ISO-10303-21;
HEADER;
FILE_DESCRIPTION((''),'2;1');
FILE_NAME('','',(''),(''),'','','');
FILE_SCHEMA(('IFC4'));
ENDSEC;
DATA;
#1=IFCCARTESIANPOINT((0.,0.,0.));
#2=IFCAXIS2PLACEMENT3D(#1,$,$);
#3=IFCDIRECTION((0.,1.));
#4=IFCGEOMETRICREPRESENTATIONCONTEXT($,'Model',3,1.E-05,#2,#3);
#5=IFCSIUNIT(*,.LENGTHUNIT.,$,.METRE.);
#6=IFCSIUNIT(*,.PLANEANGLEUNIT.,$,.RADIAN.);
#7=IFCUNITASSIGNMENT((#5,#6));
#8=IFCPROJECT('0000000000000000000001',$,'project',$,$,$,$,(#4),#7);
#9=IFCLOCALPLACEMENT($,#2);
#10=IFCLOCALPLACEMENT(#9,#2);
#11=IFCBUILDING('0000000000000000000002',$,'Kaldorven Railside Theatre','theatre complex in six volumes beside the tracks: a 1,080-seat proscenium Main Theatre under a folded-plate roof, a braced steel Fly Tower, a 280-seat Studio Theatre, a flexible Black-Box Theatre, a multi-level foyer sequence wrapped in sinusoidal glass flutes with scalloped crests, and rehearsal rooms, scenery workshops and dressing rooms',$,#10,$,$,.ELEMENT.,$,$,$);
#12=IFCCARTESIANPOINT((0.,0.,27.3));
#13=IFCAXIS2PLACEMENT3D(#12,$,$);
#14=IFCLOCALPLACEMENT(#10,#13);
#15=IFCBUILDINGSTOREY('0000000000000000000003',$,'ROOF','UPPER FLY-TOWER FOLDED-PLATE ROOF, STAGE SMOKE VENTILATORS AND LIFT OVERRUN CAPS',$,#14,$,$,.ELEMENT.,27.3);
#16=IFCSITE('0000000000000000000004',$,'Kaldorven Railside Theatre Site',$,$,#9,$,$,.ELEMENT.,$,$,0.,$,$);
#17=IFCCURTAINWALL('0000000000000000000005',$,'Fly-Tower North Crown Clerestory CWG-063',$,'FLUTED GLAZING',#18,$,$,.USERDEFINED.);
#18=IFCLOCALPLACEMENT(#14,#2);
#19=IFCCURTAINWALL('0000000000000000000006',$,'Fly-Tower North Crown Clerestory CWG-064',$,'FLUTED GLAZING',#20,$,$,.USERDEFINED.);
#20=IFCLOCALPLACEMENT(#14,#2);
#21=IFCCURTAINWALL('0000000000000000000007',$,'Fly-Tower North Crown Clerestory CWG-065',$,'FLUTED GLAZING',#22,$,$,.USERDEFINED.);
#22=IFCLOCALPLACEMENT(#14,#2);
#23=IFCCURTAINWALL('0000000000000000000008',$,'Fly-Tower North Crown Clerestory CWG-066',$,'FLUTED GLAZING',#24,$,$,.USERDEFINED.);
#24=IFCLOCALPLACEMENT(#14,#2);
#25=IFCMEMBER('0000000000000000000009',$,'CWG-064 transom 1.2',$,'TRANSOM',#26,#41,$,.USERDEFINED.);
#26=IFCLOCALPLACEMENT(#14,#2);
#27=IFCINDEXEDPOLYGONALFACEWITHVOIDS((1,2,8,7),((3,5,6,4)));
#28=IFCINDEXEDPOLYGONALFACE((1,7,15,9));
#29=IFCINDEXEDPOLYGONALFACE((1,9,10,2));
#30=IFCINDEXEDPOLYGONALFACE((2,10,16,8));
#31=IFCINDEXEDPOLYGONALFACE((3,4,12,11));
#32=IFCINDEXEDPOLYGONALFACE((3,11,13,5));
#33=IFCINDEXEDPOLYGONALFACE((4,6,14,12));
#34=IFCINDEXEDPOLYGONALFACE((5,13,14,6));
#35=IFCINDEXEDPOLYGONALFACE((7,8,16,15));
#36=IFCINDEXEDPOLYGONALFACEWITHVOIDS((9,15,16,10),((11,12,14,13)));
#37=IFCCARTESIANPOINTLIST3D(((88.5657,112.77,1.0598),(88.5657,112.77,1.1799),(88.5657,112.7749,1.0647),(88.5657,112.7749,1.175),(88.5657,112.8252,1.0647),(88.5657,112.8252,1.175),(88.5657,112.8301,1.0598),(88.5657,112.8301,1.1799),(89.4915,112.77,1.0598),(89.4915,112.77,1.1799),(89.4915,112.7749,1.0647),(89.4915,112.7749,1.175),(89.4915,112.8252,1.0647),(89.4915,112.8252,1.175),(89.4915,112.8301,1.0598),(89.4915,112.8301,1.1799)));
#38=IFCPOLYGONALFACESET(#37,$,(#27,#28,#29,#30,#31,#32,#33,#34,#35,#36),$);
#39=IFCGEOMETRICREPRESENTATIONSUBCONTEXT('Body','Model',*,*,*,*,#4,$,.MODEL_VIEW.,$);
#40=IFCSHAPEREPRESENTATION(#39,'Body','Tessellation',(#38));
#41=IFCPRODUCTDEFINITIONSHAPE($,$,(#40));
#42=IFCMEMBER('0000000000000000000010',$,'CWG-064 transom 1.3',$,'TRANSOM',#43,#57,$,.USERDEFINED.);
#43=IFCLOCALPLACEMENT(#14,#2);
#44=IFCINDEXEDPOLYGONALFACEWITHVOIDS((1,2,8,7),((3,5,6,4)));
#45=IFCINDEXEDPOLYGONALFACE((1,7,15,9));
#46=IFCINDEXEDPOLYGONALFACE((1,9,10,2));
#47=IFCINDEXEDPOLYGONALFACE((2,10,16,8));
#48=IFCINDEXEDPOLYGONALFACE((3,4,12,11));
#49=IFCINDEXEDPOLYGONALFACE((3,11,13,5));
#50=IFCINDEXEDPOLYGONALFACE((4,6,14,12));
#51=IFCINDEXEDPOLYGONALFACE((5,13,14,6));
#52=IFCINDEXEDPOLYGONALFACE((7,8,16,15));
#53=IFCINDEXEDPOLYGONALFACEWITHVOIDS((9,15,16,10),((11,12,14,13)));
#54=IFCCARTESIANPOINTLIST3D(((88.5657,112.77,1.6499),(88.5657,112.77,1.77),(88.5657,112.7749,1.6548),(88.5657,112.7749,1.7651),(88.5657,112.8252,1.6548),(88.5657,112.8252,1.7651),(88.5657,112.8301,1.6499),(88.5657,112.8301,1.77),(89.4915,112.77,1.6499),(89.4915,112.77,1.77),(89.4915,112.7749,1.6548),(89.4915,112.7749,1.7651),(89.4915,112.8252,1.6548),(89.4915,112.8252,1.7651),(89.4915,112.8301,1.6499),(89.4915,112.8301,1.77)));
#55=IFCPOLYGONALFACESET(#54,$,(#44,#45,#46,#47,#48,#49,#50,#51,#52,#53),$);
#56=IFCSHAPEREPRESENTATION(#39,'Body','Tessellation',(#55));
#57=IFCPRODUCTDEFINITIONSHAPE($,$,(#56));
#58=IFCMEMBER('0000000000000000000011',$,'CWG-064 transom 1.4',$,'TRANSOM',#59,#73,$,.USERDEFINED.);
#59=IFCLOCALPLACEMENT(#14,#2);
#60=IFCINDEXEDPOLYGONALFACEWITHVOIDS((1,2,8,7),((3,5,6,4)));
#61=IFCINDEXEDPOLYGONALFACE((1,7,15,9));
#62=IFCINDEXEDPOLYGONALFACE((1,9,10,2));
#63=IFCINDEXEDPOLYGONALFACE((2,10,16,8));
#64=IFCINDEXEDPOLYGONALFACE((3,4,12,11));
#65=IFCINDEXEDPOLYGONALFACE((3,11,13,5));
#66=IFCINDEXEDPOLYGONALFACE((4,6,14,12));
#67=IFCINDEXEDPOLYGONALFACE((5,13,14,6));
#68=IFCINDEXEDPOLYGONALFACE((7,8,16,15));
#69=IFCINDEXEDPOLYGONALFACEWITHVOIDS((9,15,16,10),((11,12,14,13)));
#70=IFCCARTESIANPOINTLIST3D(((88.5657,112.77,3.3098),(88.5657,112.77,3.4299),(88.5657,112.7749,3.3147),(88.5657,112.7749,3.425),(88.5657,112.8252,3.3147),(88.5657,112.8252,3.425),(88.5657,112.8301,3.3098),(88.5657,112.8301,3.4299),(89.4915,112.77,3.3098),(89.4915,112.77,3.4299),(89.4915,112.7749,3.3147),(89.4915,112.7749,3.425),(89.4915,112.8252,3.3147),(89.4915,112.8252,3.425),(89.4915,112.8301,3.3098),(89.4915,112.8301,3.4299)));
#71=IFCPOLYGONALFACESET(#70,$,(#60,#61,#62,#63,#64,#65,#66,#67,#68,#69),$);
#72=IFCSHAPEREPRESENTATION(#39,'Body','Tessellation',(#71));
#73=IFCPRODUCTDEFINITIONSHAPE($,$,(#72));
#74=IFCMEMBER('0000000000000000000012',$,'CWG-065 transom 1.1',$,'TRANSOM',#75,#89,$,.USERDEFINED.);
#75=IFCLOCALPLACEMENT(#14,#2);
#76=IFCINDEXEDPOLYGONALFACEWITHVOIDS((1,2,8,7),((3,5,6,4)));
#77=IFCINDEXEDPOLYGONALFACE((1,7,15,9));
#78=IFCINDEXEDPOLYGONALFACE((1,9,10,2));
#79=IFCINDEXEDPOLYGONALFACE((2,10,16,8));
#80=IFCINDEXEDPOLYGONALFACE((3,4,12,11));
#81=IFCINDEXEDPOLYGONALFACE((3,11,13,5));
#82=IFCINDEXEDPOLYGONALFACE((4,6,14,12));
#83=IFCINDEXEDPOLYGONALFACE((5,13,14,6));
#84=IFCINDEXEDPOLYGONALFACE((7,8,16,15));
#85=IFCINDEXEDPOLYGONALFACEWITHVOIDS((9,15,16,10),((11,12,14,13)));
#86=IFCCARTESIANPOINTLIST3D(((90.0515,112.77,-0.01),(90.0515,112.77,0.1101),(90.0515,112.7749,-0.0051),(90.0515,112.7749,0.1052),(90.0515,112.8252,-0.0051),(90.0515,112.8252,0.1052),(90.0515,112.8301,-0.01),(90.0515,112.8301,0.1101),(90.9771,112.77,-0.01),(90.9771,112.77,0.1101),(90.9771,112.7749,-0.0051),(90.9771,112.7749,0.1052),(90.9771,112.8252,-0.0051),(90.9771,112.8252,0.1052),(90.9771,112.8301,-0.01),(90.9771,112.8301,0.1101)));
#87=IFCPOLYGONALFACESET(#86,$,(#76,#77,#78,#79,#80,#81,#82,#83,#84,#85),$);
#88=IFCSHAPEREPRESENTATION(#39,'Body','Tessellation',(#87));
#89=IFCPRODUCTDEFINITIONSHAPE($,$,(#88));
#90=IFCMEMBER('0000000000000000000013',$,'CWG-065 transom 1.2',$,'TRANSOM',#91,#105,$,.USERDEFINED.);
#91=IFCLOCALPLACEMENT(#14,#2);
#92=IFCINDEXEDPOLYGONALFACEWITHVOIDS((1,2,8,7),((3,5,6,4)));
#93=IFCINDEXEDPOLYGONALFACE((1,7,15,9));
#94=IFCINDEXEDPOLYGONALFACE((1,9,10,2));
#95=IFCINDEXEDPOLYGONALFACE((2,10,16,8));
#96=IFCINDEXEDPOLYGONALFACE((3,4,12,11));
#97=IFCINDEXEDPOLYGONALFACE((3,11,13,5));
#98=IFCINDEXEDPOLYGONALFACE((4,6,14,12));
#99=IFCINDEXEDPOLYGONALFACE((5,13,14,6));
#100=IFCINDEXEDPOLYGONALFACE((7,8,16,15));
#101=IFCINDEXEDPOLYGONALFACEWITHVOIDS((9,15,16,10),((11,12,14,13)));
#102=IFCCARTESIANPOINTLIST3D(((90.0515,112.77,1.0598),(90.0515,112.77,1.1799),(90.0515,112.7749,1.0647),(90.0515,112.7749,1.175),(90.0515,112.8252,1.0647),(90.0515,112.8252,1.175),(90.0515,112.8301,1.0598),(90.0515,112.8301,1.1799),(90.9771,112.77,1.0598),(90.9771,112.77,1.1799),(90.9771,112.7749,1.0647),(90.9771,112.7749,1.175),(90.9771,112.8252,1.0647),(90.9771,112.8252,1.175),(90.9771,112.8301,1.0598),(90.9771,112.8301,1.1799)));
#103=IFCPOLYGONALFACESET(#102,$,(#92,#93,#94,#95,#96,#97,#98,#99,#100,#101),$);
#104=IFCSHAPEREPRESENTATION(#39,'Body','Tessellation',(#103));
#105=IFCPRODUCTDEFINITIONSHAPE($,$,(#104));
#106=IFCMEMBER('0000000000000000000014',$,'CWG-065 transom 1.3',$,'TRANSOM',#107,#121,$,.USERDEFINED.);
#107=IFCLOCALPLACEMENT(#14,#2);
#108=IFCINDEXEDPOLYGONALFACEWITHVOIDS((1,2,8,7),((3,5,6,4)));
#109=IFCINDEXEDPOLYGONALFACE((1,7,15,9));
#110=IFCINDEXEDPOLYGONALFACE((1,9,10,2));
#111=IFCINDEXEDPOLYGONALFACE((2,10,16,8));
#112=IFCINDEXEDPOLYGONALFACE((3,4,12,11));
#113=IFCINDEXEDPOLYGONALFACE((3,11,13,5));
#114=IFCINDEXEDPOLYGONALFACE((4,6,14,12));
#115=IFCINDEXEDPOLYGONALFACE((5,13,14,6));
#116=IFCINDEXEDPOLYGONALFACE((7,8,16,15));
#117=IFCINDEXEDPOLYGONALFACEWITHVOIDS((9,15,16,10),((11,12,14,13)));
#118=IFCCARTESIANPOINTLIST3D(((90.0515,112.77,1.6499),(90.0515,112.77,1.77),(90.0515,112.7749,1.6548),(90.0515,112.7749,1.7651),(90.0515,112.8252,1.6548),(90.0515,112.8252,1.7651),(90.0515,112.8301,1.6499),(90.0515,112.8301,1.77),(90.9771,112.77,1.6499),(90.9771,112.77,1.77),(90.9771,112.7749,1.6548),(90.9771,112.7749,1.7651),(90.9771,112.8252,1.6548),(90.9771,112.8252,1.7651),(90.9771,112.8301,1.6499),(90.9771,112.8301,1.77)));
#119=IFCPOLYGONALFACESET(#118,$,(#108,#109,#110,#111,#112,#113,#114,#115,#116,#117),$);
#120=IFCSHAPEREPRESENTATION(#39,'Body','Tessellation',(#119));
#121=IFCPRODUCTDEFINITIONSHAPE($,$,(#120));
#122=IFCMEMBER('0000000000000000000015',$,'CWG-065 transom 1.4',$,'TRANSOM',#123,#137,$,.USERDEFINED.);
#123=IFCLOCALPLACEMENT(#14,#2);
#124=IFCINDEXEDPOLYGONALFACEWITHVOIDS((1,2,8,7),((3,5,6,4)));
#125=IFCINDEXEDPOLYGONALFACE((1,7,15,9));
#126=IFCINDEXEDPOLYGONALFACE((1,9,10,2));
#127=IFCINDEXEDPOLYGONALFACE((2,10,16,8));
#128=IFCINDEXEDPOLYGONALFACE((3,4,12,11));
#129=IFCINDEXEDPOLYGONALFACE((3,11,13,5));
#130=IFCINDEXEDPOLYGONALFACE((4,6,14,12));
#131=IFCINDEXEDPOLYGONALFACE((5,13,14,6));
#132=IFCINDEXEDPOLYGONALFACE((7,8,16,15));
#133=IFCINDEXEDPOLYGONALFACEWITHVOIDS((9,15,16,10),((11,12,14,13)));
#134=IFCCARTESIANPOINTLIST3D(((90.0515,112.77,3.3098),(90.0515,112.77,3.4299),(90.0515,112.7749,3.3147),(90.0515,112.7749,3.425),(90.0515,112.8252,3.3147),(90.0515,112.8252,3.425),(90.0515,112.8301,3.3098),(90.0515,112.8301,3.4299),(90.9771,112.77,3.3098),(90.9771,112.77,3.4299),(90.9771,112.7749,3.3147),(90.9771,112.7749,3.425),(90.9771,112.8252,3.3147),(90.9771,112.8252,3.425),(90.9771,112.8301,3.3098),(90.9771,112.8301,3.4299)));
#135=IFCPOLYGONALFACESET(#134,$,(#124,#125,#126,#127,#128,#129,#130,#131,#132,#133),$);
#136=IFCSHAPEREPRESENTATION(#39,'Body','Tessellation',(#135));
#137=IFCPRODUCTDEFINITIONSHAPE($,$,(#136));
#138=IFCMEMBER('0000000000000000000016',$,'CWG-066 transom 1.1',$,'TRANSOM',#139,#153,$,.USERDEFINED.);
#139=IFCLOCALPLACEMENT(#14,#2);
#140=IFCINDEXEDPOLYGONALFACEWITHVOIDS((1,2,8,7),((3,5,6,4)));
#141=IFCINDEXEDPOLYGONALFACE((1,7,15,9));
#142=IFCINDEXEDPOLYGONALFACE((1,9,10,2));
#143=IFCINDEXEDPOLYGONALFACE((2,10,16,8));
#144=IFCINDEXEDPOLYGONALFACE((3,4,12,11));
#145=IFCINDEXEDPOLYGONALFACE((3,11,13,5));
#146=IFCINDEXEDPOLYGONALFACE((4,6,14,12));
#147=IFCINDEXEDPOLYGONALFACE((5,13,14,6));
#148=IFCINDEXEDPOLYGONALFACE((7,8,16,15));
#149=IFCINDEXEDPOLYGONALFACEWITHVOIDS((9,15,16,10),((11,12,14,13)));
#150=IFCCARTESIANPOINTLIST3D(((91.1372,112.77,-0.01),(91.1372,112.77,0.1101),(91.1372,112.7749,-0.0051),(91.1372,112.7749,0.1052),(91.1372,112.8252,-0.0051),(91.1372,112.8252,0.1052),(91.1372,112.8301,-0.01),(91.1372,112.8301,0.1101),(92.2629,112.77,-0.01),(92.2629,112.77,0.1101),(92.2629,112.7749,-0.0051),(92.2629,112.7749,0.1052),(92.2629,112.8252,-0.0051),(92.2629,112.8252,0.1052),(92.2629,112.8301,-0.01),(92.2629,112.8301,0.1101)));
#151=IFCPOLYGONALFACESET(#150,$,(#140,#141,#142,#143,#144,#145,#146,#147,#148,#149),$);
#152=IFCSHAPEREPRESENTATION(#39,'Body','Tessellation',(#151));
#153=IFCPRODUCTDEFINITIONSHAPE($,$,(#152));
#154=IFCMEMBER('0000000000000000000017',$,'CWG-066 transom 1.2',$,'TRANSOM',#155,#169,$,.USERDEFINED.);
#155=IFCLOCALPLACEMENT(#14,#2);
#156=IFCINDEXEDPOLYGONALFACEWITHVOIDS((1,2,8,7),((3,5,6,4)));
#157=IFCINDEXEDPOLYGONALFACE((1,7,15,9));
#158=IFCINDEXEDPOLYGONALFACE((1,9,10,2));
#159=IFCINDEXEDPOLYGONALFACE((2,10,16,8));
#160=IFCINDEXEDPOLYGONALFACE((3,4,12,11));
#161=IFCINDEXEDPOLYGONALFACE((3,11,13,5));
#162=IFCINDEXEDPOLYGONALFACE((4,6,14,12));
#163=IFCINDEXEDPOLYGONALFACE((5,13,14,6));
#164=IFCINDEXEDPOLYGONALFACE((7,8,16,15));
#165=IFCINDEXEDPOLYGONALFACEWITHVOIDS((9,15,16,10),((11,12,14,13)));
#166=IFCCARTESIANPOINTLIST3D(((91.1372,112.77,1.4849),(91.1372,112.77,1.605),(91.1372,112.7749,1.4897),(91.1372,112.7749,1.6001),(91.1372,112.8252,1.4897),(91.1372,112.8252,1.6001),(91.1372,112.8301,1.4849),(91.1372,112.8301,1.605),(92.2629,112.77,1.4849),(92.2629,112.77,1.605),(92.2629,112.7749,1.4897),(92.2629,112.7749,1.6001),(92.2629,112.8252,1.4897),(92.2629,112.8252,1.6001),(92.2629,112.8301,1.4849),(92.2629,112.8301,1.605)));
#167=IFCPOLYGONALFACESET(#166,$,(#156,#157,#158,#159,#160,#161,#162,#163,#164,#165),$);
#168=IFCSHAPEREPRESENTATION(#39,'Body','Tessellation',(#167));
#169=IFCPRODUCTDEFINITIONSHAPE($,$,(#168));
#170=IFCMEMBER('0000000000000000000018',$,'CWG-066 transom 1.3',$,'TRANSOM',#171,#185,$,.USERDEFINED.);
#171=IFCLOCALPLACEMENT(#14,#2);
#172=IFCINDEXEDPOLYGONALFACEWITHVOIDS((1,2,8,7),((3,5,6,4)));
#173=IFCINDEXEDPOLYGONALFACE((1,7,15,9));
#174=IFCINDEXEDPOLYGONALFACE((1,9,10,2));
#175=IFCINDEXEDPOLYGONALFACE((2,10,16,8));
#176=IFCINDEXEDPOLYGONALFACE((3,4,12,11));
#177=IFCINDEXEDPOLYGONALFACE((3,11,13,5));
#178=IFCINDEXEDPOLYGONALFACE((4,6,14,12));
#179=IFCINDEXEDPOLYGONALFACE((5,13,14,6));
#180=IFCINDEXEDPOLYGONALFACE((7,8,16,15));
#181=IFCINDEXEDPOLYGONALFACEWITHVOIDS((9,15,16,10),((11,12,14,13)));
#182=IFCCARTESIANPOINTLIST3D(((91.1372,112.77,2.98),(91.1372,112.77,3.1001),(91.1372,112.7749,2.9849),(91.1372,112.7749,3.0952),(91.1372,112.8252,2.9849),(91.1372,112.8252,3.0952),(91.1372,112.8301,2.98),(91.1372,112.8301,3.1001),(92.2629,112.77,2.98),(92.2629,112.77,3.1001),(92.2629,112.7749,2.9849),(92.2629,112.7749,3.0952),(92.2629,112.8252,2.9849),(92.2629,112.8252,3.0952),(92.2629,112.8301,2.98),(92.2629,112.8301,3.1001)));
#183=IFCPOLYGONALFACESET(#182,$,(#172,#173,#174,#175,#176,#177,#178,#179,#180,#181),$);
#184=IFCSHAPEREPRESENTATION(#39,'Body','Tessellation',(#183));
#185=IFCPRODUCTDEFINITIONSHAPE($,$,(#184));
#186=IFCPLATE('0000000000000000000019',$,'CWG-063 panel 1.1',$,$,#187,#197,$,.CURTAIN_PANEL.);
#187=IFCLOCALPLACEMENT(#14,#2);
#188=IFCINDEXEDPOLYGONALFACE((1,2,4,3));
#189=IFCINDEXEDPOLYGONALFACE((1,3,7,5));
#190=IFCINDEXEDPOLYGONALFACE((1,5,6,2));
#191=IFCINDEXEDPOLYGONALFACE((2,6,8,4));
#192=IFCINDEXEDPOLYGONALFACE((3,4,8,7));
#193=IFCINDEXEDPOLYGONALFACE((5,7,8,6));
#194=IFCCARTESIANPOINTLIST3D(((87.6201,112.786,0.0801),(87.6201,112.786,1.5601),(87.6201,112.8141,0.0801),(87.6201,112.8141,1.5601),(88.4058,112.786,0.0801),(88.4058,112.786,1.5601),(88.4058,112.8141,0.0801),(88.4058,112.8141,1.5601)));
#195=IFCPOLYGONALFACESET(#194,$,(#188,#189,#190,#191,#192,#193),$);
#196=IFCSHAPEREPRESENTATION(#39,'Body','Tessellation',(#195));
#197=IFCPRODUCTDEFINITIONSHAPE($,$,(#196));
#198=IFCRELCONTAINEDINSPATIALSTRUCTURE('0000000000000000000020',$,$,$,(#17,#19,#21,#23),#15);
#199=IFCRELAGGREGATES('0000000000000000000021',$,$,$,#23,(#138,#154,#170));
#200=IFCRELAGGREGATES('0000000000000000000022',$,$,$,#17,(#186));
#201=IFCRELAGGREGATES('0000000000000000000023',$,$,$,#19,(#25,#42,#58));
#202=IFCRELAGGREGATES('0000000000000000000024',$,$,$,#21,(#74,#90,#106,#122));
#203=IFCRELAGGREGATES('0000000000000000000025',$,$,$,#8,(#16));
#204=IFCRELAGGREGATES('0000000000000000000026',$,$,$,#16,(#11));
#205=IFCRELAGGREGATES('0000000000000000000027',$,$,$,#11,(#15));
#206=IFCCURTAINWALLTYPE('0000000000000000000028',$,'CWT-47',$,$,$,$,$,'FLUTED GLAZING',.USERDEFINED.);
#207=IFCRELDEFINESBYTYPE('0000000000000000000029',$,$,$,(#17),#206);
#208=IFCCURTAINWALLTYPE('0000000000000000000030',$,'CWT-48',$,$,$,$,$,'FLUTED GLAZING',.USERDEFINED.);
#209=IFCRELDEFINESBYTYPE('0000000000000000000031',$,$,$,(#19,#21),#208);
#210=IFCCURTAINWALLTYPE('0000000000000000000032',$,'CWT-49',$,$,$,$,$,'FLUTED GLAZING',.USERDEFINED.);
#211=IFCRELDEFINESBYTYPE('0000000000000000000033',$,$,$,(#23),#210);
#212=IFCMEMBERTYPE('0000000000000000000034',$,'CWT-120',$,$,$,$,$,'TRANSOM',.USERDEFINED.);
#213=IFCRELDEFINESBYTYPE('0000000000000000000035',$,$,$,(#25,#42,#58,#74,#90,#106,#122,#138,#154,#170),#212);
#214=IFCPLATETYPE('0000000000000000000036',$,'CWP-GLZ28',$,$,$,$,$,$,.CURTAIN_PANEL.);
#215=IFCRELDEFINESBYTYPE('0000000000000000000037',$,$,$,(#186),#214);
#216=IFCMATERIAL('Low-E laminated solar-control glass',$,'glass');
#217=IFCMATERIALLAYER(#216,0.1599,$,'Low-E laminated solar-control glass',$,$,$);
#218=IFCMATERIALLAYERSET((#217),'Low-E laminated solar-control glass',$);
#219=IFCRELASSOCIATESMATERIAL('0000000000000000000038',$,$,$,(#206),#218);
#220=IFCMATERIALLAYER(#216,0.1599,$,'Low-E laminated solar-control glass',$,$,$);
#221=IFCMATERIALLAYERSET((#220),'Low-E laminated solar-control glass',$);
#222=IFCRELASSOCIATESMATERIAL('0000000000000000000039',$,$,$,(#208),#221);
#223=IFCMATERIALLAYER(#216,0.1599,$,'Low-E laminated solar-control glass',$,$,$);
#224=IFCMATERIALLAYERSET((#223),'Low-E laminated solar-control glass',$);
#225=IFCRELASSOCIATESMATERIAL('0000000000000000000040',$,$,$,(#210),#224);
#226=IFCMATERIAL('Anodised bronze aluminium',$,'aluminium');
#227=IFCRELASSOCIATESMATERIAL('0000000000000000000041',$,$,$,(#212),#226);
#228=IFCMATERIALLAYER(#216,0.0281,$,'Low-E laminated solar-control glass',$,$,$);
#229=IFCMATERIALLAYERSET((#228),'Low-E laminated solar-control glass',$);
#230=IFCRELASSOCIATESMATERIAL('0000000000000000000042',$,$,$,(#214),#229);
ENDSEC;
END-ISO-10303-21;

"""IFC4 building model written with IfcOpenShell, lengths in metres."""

from ifc_helpers import new_model, si_unit, direction, frame, origin, origin_2d, place, context, subcontext, project, spatial, rectangle, hollow_rectangle, extrude, material, layer, layer_set, material_profile, profile_set, type_object, element, aggregate, save


model = new_model("IFC4")

# Units and contexts
model_context = context("Model", 3, precision=1e-05, world=origin(), true_north=direction((0.0, 1.0)))
body_context = subcontext(model_context, "Body", "Model", "MODEL_VIEW")
ifc_project = project(units=[si_unit("LENGTHUNIT", "METRE"), si_unit("PLANEANGLEUNIT", "RADIAN")], contexts=[model_context])

# Site, building, storey
site_placement = place(None, origin())
site = spatial("IfcSite", under=ifc_project, at=site_placement, Name="Kaldorven Railside Theatre Site", CompositionType="ELEMENT", RefElevation=0.0)
building_placement = place(site_placement, origin())
building = spatial("IfcBuilding", under=site, at=building_placement, Name="Kaldorven Railside Theatre", Description="theatre complex in six volumes beside the tracks: a 1,080-seat proscenium Main Theatre under a folded-plate roof, a braced steel Fly Tower, a 280-seat Studio Theatre, a flexible Black-Box Theatre, a multi-level foyer sequence wrapped in sinusoidal glass flutes with scalloped crests, and rehearsal rooms, scenery workshops and dressing rooms", CompositionType="ELEMENT")
storey_placement = place(building_placement, frame((0.0, 0.0, 27.3)))
storey = spatial("IfcBuildingStorey", under=building, at=storey_placement, Name="ROOF", Description="UPPER FLY-TOWER FOLDED-PLATE ROOF, STAGE SMOKE VENTILATORS AND LIFT OVERRUN CAPS", CompositionType="ELEMENT", Elevation=27.3)

# Curtain walls
ifc_material_1 = material(Name="Low-E laminated solar-control glass", Category="glass")
ifc_layer_1 = layer(ifc_material_1, 0.1599, Name="Low-E laminated solar-control glass")
ifc_layer_set_1 = layer_set([ifc_layer_1], Name="Low-E laminated solar-control glass")
curtain_wall_type_1 = type_object("IfcCurtainWallType", Name="CWT-47", ElementType="FLUTED GLAZING", PredefinedType="USERDEFINED", material=ifc_layer_set_1)
curtain_wall_1_placement = place(storey_placement, origin())
curtain_wall_1 = element("IfcCurtainWall", 1, at=curtain_wall_1_placement, inside=storey, type_object=curtain_wall_type_1, Name="Fly-Tower North Crown Clerestory CWG-063", ObjectType="FLUTED GLAZING", PredefinedType="USERDEFINED")
ifc_material_2 = material(Name="Anodised bronze aluminium", Category="aluminium")
ifc_layer_2 = layer(ifc_material_1, 0.1599, Name="Low-E laminated solar-control glass")
ifc_layer_set_2 = layer_set([ifc_layer_2], Name="Low-E laminated solar-control glass")
curtain_wall_type_2 = type_object("IfcCurtainWallType", Name="CWT-48", ElementType="FLUTED GLAZING", PredefinedType="USERDEFINED", material=ifc_layer_set_2)
curtain_wall_2_placement = place(storey_placement, origin())
curtain_wall_2 = element("IfcCurtainWall", 2, at=curtain_wall_2_placement, inside=storey, type_object=curtain_wall_type_2, Name="Fly-Tower North Crown Clerestory CWG-064", ObjectType="FLUTED GLAZING", PredefinedType="USERDEFINED")
curtain_wall_3_placement = place(storey_placement, origin())
curtain_wall_3 = element("IfcCurtainWall", 3, at=curtain_wall_3_placement, inside=storey, type_object=curtain_wall_type_2, Name="Fly-Tower North Crown Clerestory CWG-065", ObjectType="FLUTED GLAZING", PredefinedType="USERDEFINED")

# Curtain wall
ifc_layer_3 = layer(ifc_material_1, 0.1599, Name="Low-E laminated solar-control glass")
ifc_layer_set_3 = layer_set([ifc_layer_3], Name="Low-E laminated solar-control glass")
curtain_wall_type_3 = type_object("IfcCurtainWallType", Name="CWT-49", ElementType="FLUTED GLAZING", PredefinedType="USERDEFINED", material=ifc_layer_set_3)
curtain_wall_4_placement = place(storey_placement, origin())
curtain_wall_4 = element("IfcCurtainWall", 4, at=curtain_wall_4_placement, inside=storey, type_object=curtain_wall_type_3, Name="Fly-Tower North Crown Clerestory CWG-066", ObjectType="FLUTED GLAZING", PredefinedType="USERDEFINED")

# Members
ifc_material_profile_1 = material_profile(ifc_material_2, hollow_rectangle(XDim=0.0601, YDim=0.1201, WallThickness=0.0049, at=origin_2d()), Name="RHS 120x60x5")
ifc_profile_set_1 = profile_set([ifc_material_profile_1], Name="Anodised bronze aluminium")
member_type_1 = type_object("IfcMemberType", Name="CWT-120", ElementType="TRANSOM", PredefinedType="USERDEFINED", material=ifc_profile_set_1)
member_1_placement = place(storey_placement, frame((88.5657, 112.8, 1.1199), z_axis=(1.0, 0.0, 0.0), x_axis=(0.0, 1.0, 0.0)))
member_1 = element("IfcMember", 5, at=member_1_placement, type_object=member_type_1, Name="CWG-064 transom 1.2", ObjectType="TRANSOM", PredefinedType="USERDEFINED", context=body_context, shape_type="SweptSolid", body=[
    extrude(hollow_rectangle(XDim=0.0601, YDim=0.1201, WallThickness=0.0049, at=origin_2d()), origin(), (0.0, 0.0, 1.0), 0.9258),
])
member_2_placement = place(storey_placement, frame((88.5657, 112.8, 1.71), z_axis=(1.0, 0.0, 0.0), x_axis=(0.0, 1.0, 0.0)))
member_2 = element("IfcMember", 6, at=member_2_placement, type_object=member_type_1, Name="CWG-064 transom 1.3", ObjectType="TRANSOM", PredefinedType="USERDEFINED", context=body_context, shape_type="SweptSolid", body=[
    extrude(hollow_rectangle(XDim=0.0601, YDim=0.1201, WallThickness=0.0049, at=origin_2d()), origin(), (0.0, 0.0, 1.0), 0.9258),
])
member_3_placement = place(storey_placement, frame((88.5657, 112.8, 3.3699), z_axis=(1.0, 0.0, 0.0), x_axis=(0.0, 1.0, 0.0)))
member_3 = element("IfcMember", 7, at=member_3_placement, type_object=member_type_1, Name="CWG-064 transom 1.4", ObjectType="TRANSOM", PredefinedType="USERDEFINED", context=body_context, shape_type="SweptSolid", body=[
    extrude(hollow_rectangle(XDim=0.0601, YDim=0.1201, WallThickness=0.0049, at=origin_2d()), origin(), (0.0, 0.0, 1.0), 0.9258),
])
member_4_placement = place(storey_placement, frame((90.0515, 112.8, 0.05), z_axis=(1.0, 0.0, 0.0), x_axis=(0.0, 1.0, 0.0)))
member_4 = element("IfcMember", 8, at=member_4_placement, type_object=member_type_1, Name="CWG-065 transom 1.1", ObjectType="TRANSOM", PredefinedType="USERDEFINED", context=body_context, shape_type="SweptSolid", body=[
    extrude(hollow_rectangle(XDim=0.0601, YDim=0.1201, WallThickness=0.0049, at=origin_2d()), origin(), (0.0, 0.0, 1.0), 0.9255),
])
member_5_placement = place(storey_placement, frame((90.0515, 112.8, 1.1199), z_axis=(1.0, 0.0, 0.0), x_axis=(0.0, 1.0, 0.0)))
member_5 = element("IfcMember", 9, at=member_5_placement, type_object=member_type_1, Name="CWG-065 transom 1.2", ObjectType="TRANSOM", PredefinedType="USERDEFINED", context=body_context, shape_type="SweptSolid", body=[
    extrude(hollow_rectangle(XDim=0.0601, YDim=0.1201, WallThickness=0.0049, at=origin_2d()), origin(), (0.0, 0.0, 1.0), 0.9255),
])
member_6_placement = place(storey_placement, frame((90.0515, 112.8, 1.71), z_axis=(1.0, 0.0, 0.0), x_axis=(0.0, 1.0, 0.0)))
member_6 = element("IfcMember", 10, at=member_6_placement, type_object=member_type_1, Name="CWG-065 transom 1.3", ObjectType="TRANSOM", PredefinedType="USERDEFINED", context=body_context, shape_type="SweptSolid", body=[
    extrude(hollow_rectangle(XDim=0.0601, YDim=0.1201, WallThickness=0.0049, at=origin_2d()), origin(), (0.0, 0.0, 1.0), 0.9255),
])
member_7_placement = place(storey_placement, frame((90.0515, 112.8, 3.3699), z_axis=(1.0, 0.0, 0.0), x_axis=(0.0, 1.0, 0.0)))
member_7 = element("IfcMember", 11, at=member_7_placement, type_object=member_type_1, Name="CWG-065 transom 1.4", ObjectType="TRANSOM", PredefinedType="USERDEFINED", context=body_context, shape_type="SweptSolid", body=[
    extrude(hollow_rectangle(XDim=0.0601, YDim=0.1201, WallThickness=0.0049, at=origin_2d()), origin(), (0.0, 0.0, 1.0), 0.9255),
])
member_8_placement = place(storey_placement, frame((91.1372, 112.8, 0.05), z_axis=(1.0, 0.0, 0.0), x_axis=(0.0, 1.0, 0.0)))
member_8 = element("IfcMember", 12, at=member_8_placement, type_object=member_type_1, Name="CWG-066 transom 1.1", ObjectType="TRANSOM", PredefinedType="USERDEFINED", context=body_context, shape_type="SweptSolid", body=[
    extrude(hollow_rectangle(XDim=0.0601, YDim=0.1201, WallThickness=0.0049, at=origin_2d()), origin(), (0.0, 0.0, 1.0), 1.1257),
])
member_9_placement = place(storey_placement, frame((91.1372, 112.8, 1.5449), z_axis=(1.0, 0.0, 0.0), x_axis=(0.0, 1.0, 0.0)))
member_9 = element("IfcMember", 13, at=member_9_placement, type_object=member_type_1, Name="CWG-066 transom 1.2", ObjectType="TRANSOM", PredefinedType="USERDEFINED", context=body_context, shape_type="SweptSolid", body=[
    extrude(hollow_rectangle(XDim=0.0601, YDim=0.1201, WallThickness=0.0049, at=origin_2d()), origin(), (0.0, 0.0, 1.0), 1.1257),
])
member_10_placement = place(storey_placement, frame((91.1372, 112.8, 3.04), z_axis=(1.0, 0.0, 0.0), x_axis=(0.0, 1.0, 0.0)))
member_10 = element("IfcMember", 14, at=member_10_placement, type_object=member_type_1, Name="CWG-066 transom 1.3", ObjectType="TRANSOM", PredefinedType="USERDEFINED", context=body_context, shape_type="SweptSolid", body=[
    extrude(hollow_rectangle(XDim=0.0601, YDim=0.1201, WallThickness=0.0049, at=origin_2d()), origin(), (0.0, 0.0, 1.0), 1.1257),
])
aggregate(curtain_wall_4, [member_8, member_9, member_10])

# Plate
ifc_layer_4 = layer(ifc_material_1, 0.0281, Name="Low-E laminated solar-control glass")
ifc_layer_set_4 = layer_set([ifc_layer_4], Name="Low-E laminated solar-control glass")
plate_type = type_object("IfcPlateType", Name="CWP-GLZ28", PredefinedType="CURTAIN_PANEL", material=ifc_layer_set_4)
plate_1_placement = place(storey_placement, frame((88.0129, 112.8, 0.0801), z_axis=(0.0, 0.0, 1.0), x_axis=(1.0, 0.0, 0.0)))
plate_1 = element("IfcPlate", 15, at=plate_1_placement, type_object=plate_type, Name="CWG-063 panel 1.1", PredefinedType="CURTAIN_PANEL", context=body_context, shape_type="SweptSolid", body=[
    extrude(rectangle(XDim=0.7856, YDim=0.0281, at=origin_2d()), origin(), (0.0, 0.0, 1.0), 1.48),
])
aggregate(curtain_wall_1, [plate_1])
aggregate(curtain_wall_2, [member_1, member_2, member_3])
aggregate(curtain_wall_3, [member_4, member_5, member_6, member_7])

save(model, "model.ifc")
